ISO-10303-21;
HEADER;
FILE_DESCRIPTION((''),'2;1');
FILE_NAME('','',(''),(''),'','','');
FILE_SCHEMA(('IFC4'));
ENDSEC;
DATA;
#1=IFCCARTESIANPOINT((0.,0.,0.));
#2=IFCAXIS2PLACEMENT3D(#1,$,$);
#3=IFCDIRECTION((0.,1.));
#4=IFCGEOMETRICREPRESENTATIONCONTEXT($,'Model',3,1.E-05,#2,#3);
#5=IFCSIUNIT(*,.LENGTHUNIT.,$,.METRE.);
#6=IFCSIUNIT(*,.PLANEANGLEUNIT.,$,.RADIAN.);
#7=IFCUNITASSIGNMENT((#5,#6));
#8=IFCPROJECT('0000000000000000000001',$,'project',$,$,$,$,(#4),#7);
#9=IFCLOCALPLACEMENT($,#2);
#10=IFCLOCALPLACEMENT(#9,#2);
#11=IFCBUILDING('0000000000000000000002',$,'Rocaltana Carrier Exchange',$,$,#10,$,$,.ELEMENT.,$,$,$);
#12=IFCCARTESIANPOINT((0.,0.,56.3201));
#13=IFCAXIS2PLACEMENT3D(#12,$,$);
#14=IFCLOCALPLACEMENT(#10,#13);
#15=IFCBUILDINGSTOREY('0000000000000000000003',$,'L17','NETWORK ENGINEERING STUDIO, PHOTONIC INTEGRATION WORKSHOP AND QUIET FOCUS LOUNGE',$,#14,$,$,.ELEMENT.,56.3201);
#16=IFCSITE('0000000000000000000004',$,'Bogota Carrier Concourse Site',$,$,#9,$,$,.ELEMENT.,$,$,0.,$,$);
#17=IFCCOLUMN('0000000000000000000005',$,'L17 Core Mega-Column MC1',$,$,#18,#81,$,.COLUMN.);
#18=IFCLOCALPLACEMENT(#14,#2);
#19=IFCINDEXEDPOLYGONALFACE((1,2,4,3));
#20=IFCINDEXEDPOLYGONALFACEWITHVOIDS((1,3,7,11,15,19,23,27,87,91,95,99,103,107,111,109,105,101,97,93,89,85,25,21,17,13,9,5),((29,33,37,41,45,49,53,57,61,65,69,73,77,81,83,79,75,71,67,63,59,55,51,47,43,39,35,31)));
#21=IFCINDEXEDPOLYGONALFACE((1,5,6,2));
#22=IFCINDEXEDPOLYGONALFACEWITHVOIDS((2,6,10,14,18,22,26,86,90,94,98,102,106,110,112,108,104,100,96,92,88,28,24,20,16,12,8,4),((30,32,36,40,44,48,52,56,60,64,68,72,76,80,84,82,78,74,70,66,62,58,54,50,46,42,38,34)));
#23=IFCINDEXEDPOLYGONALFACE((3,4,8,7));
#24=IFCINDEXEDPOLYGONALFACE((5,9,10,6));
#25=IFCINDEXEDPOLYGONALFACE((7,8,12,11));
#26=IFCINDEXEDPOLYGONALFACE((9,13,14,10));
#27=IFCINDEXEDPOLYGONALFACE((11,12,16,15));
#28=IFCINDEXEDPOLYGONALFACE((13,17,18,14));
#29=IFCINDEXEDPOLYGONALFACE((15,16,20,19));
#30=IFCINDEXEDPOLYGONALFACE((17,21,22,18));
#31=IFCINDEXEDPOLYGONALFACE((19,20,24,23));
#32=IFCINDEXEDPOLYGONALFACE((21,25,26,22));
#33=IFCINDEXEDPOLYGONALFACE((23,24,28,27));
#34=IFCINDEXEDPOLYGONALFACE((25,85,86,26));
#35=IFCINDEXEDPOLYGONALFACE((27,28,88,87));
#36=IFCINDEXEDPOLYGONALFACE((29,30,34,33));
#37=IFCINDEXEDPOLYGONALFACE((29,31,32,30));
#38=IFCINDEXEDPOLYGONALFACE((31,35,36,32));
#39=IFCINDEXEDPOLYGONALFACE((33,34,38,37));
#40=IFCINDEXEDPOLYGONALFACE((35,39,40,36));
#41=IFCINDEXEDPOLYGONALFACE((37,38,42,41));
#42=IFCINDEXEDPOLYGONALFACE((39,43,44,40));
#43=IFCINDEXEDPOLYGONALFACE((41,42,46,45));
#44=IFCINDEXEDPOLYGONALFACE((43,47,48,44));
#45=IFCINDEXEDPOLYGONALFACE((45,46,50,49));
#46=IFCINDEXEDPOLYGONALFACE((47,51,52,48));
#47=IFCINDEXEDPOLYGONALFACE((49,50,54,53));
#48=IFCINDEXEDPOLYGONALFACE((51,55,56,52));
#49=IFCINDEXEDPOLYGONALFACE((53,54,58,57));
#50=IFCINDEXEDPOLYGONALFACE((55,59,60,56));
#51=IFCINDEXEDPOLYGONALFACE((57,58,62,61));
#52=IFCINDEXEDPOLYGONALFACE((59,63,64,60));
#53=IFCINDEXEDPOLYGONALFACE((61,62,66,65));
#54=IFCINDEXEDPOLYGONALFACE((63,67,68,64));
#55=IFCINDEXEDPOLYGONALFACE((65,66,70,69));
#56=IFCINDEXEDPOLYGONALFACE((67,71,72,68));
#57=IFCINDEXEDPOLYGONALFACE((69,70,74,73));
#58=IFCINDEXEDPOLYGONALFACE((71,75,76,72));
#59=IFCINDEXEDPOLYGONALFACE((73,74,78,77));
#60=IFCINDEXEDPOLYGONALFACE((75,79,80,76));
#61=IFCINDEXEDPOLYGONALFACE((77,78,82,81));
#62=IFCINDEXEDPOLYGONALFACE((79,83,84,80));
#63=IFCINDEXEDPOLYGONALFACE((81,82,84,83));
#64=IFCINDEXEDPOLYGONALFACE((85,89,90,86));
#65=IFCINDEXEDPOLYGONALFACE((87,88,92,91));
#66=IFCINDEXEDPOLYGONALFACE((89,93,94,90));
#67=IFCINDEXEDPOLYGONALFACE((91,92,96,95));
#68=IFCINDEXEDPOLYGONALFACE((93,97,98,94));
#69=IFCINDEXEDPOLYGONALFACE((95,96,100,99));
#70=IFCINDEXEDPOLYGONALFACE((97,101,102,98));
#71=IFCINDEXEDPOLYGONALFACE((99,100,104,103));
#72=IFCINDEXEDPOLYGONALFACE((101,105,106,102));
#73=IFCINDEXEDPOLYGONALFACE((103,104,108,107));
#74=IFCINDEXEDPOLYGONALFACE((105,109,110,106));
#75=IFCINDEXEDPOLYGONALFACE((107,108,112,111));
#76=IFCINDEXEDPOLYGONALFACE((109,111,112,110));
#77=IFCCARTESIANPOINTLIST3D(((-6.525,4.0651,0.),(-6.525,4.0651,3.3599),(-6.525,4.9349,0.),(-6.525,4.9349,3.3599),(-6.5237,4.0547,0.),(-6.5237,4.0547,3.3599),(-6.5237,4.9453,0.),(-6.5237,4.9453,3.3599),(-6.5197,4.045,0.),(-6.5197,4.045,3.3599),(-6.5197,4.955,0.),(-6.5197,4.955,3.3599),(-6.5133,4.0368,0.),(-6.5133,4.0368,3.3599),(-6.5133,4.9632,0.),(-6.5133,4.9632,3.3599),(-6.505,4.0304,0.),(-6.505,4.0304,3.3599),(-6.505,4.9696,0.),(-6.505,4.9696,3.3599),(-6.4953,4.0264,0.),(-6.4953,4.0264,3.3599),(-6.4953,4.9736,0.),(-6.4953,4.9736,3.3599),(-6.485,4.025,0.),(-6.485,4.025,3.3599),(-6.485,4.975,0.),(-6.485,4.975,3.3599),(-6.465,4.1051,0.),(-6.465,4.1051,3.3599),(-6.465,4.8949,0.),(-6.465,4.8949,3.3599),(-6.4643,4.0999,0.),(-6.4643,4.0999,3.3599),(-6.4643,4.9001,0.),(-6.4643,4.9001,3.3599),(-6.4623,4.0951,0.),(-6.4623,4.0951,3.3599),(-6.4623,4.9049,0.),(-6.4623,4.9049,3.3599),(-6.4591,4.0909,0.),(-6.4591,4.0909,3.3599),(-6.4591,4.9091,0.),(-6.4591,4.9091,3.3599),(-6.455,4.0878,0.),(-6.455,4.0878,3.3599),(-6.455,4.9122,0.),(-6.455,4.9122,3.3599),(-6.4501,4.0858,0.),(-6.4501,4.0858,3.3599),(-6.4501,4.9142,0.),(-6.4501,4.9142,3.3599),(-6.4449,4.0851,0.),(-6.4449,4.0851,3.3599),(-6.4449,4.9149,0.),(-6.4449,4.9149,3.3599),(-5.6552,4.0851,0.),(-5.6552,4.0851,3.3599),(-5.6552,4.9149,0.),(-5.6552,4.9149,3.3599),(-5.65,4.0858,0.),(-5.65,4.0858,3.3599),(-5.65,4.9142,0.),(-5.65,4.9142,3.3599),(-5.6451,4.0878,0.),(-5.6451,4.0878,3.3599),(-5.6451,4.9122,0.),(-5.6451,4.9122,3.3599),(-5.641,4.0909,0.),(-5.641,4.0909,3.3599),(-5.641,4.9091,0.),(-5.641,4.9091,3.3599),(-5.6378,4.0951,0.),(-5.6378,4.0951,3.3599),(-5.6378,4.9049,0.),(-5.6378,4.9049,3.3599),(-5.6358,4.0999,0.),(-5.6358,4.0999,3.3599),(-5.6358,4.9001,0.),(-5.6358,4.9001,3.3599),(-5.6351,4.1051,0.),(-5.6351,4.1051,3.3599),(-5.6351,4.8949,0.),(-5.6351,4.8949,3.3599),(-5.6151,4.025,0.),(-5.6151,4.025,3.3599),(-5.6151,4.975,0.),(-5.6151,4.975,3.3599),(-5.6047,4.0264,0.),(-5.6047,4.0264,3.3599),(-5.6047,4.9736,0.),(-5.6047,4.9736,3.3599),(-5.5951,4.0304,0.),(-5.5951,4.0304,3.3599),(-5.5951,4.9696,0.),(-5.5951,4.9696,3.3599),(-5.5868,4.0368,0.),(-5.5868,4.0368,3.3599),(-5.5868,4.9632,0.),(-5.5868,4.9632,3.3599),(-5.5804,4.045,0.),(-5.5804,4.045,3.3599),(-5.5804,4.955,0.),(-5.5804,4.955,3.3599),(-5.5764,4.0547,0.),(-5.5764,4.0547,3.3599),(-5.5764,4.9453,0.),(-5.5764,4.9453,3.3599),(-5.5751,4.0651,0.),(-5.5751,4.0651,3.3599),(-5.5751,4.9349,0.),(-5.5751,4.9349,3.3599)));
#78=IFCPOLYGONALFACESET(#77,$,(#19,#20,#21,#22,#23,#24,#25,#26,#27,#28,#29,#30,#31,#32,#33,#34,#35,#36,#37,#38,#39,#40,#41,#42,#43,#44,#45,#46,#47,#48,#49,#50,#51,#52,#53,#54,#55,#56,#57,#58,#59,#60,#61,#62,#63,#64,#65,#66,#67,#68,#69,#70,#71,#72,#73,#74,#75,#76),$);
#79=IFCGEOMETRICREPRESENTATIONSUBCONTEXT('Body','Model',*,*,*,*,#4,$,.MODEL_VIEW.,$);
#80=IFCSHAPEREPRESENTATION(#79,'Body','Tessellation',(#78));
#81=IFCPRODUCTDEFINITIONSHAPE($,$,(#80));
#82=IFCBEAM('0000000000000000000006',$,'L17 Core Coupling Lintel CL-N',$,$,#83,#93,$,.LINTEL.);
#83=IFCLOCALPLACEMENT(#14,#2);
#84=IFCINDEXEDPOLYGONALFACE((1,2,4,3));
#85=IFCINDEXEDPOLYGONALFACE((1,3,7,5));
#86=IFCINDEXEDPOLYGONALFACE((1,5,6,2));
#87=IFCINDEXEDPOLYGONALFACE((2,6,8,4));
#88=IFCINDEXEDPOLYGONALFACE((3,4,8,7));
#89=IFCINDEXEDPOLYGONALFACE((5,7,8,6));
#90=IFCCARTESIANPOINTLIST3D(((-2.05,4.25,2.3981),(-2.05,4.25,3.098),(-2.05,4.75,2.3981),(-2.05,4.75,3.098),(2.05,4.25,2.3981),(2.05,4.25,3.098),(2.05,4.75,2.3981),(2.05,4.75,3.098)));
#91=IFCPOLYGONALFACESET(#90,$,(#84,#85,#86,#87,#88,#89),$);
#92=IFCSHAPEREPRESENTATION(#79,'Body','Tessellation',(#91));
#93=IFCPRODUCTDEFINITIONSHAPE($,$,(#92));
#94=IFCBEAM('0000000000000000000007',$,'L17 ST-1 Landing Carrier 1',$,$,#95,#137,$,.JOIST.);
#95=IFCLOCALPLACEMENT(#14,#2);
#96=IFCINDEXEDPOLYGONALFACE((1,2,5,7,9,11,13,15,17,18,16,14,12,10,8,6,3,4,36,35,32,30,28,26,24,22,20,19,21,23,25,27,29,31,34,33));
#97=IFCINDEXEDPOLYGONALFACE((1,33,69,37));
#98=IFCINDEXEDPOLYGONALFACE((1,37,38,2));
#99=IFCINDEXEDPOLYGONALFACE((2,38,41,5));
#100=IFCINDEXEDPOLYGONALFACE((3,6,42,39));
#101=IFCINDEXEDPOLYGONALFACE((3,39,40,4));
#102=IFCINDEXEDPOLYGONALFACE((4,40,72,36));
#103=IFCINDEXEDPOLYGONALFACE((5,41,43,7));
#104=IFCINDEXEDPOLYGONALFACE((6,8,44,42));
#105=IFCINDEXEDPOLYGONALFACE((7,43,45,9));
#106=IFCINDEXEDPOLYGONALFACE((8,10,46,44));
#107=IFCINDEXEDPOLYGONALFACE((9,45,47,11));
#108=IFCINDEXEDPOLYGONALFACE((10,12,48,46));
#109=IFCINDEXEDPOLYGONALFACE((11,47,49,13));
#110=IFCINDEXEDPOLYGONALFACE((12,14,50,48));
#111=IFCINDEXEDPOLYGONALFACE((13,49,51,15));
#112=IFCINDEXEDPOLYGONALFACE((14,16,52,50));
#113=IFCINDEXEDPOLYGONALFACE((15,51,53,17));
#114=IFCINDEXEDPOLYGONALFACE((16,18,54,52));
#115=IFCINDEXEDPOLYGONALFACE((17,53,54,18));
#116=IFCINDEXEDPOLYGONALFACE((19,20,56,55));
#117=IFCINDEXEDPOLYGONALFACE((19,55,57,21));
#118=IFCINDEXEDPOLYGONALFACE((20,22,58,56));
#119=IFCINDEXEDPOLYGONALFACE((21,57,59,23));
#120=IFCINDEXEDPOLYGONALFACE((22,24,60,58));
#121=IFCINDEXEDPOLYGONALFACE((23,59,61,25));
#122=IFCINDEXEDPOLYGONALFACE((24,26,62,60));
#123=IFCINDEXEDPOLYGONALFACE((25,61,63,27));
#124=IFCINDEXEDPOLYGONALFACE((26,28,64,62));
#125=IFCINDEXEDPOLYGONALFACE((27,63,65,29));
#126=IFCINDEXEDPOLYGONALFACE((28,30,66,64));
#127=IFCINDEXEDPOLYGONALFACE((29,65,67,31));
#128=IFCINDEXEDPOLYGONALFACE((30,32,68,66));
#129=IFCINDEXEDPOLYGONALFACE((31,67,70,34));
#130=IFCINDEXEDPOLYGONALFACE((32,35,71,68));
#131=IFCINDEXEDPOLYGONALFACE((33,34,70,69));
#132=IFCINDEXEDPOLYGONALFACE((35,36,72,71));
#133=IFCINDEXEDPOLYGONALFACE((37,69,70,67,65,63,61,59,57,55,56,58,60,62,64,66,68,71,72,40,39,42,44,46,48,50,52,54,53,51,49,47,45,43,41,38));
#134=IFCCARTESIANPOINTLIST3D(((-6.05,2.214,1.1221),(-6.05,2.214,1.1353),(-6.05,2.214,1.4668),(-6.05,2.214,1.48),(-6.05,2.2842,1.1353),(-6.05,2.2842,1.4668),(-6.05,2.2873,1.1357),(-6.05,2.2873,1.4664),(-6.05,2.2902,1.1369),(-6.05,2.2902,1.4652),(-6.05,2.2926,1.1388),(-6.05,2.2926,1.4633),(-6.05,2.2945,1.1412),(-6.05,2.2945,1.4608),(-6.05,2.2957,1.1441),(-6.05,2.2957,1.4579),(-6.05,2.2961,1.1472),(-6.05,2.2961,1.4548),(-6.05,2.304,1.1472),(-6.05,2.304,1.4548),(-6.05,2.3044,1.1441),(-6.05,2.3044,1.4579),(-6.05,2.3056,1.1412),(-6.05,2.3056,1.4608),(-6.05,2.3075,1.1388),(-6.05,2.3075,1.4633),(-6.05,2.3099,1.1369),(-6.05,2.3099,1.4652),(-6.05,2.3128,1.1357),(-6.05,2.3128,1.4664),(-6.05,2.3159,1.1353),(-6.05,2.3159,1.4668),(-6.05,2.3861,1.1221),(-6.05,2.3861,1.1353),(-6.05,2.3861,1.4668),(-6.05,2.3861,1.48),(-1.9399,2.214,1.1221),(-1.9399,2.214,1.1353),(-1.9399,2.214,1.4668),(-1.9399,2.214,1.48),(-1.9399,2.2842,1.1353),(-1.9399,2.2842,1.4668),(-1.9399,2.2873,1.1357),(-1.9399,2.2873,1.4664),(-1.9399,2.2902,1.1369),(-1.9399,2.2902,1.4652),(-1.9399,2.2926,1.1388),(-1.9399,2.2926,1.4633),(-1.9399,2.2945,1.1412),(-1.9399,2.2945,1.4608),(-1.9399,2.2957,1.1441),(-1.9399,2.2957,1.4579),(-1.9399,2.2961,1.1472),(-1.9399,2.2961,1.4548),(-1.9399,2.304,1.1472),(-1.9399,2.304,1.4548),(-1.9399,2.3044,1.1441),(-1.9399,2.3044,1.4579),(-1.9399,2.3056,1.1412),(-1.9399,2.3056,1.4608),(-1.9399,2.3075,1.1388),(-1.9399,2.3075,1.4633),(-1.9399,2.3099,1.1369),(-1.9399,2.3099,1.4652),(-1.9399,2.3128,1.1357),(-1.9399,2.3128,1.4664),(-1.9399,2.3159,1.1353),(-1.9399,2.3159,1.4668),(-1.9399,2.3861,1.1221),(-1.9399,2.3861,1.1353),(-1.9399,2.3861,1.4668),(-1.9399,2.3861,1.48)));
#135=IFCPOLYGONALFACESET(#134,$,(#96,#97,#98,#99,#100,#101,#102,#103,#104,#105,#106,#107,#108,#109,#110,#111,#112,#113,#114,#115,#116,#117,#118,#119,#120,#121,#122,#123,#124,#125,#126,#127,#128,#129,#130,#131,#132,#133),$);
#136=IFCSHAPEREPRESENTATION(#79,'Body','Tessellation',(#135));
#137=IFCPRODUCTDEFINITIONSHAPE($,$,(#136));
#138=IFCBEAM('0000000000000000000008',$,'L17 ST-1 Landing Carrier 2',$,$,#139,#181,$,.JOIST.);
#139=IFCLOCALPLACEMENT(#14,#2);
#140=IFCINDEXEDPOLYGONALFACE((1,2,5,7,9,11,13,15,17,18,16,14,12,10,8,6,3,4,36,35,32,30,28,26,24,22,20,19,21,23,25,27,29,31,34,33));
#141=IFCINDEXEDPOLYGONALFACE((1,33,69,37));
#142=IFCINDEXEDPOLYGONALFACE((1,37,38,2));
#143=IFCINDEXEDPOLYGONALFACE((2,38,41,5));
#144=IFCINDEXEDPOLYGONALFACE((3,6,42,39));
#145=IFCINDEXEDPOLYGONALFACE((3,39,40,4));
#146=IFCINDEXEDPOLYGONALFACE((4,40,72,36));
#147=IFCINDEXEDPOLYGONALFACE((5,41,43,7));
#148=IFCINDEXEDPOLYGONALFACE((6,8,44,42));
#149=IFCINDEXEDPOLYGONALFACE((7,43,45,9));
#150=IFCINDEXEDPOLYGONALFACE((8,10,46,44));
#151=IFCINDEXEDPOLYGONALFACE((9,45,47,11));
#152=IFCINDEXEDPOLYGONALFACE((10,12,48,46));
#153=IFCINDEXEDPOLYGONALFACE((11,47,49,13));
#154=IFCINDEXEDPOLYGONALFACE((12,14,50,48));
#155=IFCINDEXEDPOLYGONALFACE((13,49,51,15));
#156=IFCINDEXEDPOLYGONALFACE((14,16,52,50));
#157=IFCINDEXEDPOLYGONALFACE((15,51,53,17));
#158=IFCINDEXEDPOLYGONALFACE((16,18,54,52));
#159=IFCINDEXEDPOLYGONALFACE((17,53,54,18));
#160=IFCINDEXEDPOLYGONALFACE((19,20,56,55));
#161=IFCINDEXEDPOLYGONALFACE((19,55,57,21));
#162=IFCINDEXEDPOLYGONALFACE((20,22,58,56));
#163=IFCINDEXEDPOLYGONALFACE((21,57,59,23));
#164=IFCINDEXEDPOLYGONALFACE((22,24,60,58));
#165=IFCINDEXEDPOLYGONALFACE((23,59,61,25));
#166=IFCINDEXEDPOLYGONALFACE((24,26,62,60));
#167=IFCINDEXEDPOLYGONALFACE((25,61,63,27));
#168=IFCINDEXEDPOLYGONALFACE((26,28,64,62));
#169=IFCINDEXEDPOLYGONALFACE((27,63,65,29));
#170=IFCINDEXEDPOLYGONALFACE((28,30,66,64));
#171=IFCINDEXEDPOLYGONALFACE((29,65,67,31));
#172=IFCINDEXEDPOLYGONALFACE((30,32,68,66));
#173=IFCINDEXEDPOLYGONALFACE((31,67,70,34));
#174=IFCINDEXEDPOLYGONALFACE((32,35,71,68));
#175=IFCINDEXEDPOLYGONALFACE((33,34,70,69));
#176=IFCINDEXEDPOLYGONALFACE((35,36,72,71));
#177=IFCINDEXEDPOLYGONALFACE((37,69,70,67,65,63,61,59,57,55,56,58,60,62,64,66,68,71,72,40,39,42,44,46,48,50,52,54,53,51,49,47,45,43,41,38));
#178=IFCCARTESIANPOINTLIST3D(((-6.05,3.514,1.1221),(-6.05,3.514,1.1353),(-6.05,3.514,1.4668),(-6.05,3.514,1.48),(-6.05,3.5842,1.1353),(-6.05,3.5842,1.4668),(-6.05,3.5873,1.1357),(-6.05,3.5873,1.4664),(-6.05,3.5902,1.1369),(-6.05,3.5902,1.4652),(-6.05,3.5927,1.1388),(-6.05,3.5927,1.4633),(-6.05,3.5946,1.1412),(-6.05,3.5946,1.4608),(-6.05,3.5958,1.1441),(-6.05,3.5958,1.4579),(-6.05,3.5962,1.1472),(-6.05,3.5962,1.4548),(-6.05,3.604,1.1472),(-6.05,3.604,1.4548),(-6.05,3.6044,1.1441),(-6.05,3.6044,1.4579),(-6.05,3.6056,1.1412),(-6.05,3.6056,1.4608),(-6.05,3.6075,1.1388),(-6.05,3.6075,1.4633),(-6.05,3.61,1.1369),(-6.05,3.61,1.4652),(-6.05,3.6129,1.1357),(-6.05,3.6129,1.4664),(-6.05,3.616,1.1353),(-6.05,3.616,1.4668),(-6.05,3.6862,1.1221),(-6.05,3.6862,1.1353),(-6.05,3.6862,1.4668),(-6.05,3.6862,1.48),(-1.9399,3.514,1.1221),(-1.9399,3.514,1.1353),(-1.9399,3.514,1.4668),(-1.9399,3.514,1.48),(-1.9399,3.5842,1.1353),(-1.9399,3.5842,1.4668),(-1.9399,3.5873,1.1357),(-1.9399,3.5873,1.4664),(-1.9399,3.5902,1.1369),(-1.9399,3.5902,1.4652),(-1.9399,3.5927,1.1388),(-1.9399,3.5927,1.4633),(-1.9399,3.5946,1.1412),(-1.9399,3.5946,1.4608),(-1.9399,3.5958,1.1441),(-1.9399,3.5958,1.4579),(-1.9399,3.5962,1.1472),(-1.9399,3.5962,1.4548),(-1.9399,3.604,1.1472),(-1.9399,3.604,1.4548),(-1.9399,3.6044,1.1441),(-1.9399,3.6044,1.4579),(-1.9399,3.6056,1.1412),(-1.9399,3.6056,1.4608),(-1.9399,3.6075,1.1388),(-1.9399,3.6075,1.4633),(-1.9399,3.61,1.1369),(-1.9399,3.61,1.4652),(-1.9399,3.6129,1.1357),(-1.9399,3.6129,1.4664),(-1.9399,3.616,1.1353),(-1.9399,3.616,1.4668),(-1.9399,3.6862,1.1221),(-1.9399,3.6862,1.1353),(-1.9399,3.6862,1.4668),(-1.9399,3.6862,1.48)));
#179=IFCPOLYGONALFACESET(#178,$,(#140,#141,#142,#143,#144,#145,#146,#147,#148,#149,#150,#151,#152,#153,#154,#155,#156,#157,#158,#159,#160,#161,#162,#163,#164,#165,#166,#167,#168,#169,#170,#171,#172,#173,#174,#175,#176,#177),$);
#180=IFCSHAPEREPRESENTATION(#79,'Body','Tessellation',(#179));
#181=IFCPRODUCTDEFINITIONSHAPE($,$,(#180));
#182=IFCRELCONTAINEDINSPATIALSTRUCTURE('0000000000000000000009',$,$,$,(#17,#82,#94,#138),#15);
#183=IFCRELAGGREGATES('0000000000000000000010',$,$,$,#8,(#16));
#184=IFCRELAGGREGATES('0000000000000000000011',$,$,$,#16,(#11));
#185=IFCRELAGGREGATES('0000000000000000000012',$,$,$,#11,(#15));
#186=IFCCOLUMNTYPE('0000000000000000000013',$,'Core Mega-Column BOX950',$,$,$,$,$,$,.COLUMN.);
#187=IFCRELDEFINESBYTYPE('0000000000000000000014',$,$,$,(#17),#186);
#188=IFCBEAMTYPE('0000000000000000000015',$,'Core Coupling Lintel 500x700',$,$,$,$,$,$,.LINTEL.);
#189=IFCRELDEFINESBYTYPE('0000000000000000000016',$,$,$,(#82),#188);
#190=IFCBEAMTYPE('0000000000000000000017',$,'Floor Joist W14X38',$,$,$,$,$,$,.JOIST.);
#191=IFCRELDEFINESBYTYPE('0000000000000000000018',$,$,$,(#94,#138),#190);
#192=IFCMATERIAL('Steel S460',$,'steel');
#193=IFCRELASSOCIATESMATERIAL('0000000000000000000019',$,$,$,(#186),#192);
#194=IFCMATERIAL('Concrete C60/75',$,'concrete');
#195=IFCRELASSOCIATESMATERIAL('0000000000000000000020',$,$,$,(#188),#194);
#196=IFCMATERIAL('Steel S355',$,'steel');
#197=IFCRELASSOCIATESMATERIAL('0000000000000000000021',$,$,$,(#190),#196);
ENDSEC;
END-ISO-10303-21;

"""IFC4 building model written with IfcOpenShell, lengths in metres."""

from ifc_helpers import new_model, si_unit, direction, frame, origin, origin_2d, place, context, subcontext, project, spatial, rectangle, hollow_rectangle, i_section, extrude, material, material_profile, profile_set, type_object, element, save


model = new_model("IFC4")

# Units and contexts
model_context = context("Model", 3, precision=1e-05, world=origin(), true_north=direction((0.0, 1.0)))
body_context = subcontext(model_context, "Body", "Model", "MODEL_VIEW")
ifc_project = project(units=[si_unit("LENGTHUNIT", "METRE"), si_unit("PLANEANGLEUNIT", "RADIAN")], contexts=[model_context])

# Site, building, storey
site_placement = place(None, origin())
site = spatial("IfcSite", under=ifc_project, at=site_placement, Name="Bogota Carrier Concourse Site", CompositionType="ELEMENT", RefElevation=0.0)
building_placement = place(site_placement, origin())
building = spatial("IfcBuilding", under=site, at=building_placement, Name="Rocaltana Carrier Exchange", CompositionType="ELEMENT")
storey_placement = place(building_placement, frame((0.0, 0.0, 56.3201)))
storey = spatial("IfcBuildingStorey", under=building, at=storey_placement, Name="L17", Description="NETWORK ENGINEERING STUDIO, PHOTONIC INTEGRATION WORKSHOP AND QUIET FOCUS LOUNGE", CompositionType="ELEMENT", Elevation=56.3201)

# Column
ifc_material_1 = material(Name="Steel S460", Category="steel")
ifc_material_profile_1 = material_profile(ifc_material_1, hollow_rectangle(XDim=0.95, YDim=0.95, WallThickness=0.0601, InnerFilletRadius=0.02, OuterFilletRadius=0.04, at=origin_2d()), Name="BOX950X950X60")
ifc_profile_set_1 = profile_set([ifc_material_profile_1], Name="Steel S460")
column_type = type_object("IfcColumnType", Name="Core Mega-Column BOX950", PredefinedType="COLUMN", material=ifc_profile_set_1)
column_placement = place(storey_placement, frame((-6.05, 4.5, 0.0), z_axis=(0.0, 0.0, 1.0), x_axis=(1.0, 0.0, 0.0)))
element("IfcColumn", 1, at=column_placement, inside=storey, type_object=column_type, Name="L17 Core Mega-Column MC1", PredefinedType="COLUMN", context=body_context, shape_type="SweptSolid", body=[
    extrude(hollow_rectangle(XDim=0.95, YDim=0.95, WallThickness=0.0601, InnerFilletRadius=0.02, OuterFilletRadius=0.04, at=origin_2d()), origin(), (0.0, 0.0, 1.0), 3.3599),
])

# Beams
ifc_material_2 = material(Name="Concrete C60/75", Category="concrete")
ifc_material_profile_2 = material_profile(ifc_material_2, rectangle(XDim=0.5, YDim=0.7, at=origin_2d()), Name="RC-BM-500X700")
ifc_profile_set_2 = profile_set([ifc_material_profile_2], Name="Concrete C60/75")
beam_type_1 = type_object("IfcBeamType", Name="Core Coupling Lintel 500x700", PredefinedType="LINTEL", material=ifc_profile_set_2)
beam_1_placement = place(storey_placement, frame((-2.05, 4.5, 2.748), z_axis=(1.0, 0.0, 0.0), x_axis=(0.0, 1.0, 0.0)))
element("IfcBeam", 2, at=beam_1_placement, inside=storey, type_object=beam_type_1, Name="L17 Core Coupling Lintel CL-N", PredefinedType="LINTEL", context=body_context, shape_type="SweptSolid", body=[
    extrude(rectangle(XDim=0.5, YDim=0.7, at=origin_2d()), origin(), (0.0, 0.0, 1.0), 4.1001),
])
ifc_material_3 = material(Name="Steel S355", Category="steel")
ifc_material_profile_3 = material_profile(ifc_material_3, i_section(OverallWidth=0.1721, OverallDepth=0.3579, WebThickness=0.0078, FlangeThickness=0.0132, FilletRadius=0.012, at=origin_2d()), Name="W14X38")
ifc_profile_set_3 = profile_set([ifc_material_profile_3], Name="Steel S355")
beam_type_2 = type_object("IfcBeamType", Name="Floor Joist W14X38", PredefinedType="JOIST", material=ifc_profile_set_3)
for number, where, z_axis, x_axis, name in (
    (3, (-6.05, 2.3, 1.301), (1.0, 0.0, 0.0), (0.0, 1.0, 0.0), "L17 ST-1 Landing Carrier 1"),
    (4, (-6.05, 3.6001, 1.301), (1.0, 0.0, 0.0), (0.0, 1.0, 0.0), "L17 ST-1 Landing Carrier 2"),
):
    element("IfcBeam", number, at=place(storey_placement, frame(where, z_axis=z_axis, x_axis=x_axis)), inside=storey, type_object=beam_type_2, Name=name, PredefinedType="JOIST", context=body_context, shape_type="SweptSolid", body=[
        extrude(i_section(OverallWidth=0.1721, OverallDepth=0.3579, WebThickness=0.0078, FlangeThickness=0.0132, FilletRadius=0.012, at=origin_2d()), origin(), (0.0, 0.0, 1.0), 4.1101),
    ])

save(model, "model.ifc")
